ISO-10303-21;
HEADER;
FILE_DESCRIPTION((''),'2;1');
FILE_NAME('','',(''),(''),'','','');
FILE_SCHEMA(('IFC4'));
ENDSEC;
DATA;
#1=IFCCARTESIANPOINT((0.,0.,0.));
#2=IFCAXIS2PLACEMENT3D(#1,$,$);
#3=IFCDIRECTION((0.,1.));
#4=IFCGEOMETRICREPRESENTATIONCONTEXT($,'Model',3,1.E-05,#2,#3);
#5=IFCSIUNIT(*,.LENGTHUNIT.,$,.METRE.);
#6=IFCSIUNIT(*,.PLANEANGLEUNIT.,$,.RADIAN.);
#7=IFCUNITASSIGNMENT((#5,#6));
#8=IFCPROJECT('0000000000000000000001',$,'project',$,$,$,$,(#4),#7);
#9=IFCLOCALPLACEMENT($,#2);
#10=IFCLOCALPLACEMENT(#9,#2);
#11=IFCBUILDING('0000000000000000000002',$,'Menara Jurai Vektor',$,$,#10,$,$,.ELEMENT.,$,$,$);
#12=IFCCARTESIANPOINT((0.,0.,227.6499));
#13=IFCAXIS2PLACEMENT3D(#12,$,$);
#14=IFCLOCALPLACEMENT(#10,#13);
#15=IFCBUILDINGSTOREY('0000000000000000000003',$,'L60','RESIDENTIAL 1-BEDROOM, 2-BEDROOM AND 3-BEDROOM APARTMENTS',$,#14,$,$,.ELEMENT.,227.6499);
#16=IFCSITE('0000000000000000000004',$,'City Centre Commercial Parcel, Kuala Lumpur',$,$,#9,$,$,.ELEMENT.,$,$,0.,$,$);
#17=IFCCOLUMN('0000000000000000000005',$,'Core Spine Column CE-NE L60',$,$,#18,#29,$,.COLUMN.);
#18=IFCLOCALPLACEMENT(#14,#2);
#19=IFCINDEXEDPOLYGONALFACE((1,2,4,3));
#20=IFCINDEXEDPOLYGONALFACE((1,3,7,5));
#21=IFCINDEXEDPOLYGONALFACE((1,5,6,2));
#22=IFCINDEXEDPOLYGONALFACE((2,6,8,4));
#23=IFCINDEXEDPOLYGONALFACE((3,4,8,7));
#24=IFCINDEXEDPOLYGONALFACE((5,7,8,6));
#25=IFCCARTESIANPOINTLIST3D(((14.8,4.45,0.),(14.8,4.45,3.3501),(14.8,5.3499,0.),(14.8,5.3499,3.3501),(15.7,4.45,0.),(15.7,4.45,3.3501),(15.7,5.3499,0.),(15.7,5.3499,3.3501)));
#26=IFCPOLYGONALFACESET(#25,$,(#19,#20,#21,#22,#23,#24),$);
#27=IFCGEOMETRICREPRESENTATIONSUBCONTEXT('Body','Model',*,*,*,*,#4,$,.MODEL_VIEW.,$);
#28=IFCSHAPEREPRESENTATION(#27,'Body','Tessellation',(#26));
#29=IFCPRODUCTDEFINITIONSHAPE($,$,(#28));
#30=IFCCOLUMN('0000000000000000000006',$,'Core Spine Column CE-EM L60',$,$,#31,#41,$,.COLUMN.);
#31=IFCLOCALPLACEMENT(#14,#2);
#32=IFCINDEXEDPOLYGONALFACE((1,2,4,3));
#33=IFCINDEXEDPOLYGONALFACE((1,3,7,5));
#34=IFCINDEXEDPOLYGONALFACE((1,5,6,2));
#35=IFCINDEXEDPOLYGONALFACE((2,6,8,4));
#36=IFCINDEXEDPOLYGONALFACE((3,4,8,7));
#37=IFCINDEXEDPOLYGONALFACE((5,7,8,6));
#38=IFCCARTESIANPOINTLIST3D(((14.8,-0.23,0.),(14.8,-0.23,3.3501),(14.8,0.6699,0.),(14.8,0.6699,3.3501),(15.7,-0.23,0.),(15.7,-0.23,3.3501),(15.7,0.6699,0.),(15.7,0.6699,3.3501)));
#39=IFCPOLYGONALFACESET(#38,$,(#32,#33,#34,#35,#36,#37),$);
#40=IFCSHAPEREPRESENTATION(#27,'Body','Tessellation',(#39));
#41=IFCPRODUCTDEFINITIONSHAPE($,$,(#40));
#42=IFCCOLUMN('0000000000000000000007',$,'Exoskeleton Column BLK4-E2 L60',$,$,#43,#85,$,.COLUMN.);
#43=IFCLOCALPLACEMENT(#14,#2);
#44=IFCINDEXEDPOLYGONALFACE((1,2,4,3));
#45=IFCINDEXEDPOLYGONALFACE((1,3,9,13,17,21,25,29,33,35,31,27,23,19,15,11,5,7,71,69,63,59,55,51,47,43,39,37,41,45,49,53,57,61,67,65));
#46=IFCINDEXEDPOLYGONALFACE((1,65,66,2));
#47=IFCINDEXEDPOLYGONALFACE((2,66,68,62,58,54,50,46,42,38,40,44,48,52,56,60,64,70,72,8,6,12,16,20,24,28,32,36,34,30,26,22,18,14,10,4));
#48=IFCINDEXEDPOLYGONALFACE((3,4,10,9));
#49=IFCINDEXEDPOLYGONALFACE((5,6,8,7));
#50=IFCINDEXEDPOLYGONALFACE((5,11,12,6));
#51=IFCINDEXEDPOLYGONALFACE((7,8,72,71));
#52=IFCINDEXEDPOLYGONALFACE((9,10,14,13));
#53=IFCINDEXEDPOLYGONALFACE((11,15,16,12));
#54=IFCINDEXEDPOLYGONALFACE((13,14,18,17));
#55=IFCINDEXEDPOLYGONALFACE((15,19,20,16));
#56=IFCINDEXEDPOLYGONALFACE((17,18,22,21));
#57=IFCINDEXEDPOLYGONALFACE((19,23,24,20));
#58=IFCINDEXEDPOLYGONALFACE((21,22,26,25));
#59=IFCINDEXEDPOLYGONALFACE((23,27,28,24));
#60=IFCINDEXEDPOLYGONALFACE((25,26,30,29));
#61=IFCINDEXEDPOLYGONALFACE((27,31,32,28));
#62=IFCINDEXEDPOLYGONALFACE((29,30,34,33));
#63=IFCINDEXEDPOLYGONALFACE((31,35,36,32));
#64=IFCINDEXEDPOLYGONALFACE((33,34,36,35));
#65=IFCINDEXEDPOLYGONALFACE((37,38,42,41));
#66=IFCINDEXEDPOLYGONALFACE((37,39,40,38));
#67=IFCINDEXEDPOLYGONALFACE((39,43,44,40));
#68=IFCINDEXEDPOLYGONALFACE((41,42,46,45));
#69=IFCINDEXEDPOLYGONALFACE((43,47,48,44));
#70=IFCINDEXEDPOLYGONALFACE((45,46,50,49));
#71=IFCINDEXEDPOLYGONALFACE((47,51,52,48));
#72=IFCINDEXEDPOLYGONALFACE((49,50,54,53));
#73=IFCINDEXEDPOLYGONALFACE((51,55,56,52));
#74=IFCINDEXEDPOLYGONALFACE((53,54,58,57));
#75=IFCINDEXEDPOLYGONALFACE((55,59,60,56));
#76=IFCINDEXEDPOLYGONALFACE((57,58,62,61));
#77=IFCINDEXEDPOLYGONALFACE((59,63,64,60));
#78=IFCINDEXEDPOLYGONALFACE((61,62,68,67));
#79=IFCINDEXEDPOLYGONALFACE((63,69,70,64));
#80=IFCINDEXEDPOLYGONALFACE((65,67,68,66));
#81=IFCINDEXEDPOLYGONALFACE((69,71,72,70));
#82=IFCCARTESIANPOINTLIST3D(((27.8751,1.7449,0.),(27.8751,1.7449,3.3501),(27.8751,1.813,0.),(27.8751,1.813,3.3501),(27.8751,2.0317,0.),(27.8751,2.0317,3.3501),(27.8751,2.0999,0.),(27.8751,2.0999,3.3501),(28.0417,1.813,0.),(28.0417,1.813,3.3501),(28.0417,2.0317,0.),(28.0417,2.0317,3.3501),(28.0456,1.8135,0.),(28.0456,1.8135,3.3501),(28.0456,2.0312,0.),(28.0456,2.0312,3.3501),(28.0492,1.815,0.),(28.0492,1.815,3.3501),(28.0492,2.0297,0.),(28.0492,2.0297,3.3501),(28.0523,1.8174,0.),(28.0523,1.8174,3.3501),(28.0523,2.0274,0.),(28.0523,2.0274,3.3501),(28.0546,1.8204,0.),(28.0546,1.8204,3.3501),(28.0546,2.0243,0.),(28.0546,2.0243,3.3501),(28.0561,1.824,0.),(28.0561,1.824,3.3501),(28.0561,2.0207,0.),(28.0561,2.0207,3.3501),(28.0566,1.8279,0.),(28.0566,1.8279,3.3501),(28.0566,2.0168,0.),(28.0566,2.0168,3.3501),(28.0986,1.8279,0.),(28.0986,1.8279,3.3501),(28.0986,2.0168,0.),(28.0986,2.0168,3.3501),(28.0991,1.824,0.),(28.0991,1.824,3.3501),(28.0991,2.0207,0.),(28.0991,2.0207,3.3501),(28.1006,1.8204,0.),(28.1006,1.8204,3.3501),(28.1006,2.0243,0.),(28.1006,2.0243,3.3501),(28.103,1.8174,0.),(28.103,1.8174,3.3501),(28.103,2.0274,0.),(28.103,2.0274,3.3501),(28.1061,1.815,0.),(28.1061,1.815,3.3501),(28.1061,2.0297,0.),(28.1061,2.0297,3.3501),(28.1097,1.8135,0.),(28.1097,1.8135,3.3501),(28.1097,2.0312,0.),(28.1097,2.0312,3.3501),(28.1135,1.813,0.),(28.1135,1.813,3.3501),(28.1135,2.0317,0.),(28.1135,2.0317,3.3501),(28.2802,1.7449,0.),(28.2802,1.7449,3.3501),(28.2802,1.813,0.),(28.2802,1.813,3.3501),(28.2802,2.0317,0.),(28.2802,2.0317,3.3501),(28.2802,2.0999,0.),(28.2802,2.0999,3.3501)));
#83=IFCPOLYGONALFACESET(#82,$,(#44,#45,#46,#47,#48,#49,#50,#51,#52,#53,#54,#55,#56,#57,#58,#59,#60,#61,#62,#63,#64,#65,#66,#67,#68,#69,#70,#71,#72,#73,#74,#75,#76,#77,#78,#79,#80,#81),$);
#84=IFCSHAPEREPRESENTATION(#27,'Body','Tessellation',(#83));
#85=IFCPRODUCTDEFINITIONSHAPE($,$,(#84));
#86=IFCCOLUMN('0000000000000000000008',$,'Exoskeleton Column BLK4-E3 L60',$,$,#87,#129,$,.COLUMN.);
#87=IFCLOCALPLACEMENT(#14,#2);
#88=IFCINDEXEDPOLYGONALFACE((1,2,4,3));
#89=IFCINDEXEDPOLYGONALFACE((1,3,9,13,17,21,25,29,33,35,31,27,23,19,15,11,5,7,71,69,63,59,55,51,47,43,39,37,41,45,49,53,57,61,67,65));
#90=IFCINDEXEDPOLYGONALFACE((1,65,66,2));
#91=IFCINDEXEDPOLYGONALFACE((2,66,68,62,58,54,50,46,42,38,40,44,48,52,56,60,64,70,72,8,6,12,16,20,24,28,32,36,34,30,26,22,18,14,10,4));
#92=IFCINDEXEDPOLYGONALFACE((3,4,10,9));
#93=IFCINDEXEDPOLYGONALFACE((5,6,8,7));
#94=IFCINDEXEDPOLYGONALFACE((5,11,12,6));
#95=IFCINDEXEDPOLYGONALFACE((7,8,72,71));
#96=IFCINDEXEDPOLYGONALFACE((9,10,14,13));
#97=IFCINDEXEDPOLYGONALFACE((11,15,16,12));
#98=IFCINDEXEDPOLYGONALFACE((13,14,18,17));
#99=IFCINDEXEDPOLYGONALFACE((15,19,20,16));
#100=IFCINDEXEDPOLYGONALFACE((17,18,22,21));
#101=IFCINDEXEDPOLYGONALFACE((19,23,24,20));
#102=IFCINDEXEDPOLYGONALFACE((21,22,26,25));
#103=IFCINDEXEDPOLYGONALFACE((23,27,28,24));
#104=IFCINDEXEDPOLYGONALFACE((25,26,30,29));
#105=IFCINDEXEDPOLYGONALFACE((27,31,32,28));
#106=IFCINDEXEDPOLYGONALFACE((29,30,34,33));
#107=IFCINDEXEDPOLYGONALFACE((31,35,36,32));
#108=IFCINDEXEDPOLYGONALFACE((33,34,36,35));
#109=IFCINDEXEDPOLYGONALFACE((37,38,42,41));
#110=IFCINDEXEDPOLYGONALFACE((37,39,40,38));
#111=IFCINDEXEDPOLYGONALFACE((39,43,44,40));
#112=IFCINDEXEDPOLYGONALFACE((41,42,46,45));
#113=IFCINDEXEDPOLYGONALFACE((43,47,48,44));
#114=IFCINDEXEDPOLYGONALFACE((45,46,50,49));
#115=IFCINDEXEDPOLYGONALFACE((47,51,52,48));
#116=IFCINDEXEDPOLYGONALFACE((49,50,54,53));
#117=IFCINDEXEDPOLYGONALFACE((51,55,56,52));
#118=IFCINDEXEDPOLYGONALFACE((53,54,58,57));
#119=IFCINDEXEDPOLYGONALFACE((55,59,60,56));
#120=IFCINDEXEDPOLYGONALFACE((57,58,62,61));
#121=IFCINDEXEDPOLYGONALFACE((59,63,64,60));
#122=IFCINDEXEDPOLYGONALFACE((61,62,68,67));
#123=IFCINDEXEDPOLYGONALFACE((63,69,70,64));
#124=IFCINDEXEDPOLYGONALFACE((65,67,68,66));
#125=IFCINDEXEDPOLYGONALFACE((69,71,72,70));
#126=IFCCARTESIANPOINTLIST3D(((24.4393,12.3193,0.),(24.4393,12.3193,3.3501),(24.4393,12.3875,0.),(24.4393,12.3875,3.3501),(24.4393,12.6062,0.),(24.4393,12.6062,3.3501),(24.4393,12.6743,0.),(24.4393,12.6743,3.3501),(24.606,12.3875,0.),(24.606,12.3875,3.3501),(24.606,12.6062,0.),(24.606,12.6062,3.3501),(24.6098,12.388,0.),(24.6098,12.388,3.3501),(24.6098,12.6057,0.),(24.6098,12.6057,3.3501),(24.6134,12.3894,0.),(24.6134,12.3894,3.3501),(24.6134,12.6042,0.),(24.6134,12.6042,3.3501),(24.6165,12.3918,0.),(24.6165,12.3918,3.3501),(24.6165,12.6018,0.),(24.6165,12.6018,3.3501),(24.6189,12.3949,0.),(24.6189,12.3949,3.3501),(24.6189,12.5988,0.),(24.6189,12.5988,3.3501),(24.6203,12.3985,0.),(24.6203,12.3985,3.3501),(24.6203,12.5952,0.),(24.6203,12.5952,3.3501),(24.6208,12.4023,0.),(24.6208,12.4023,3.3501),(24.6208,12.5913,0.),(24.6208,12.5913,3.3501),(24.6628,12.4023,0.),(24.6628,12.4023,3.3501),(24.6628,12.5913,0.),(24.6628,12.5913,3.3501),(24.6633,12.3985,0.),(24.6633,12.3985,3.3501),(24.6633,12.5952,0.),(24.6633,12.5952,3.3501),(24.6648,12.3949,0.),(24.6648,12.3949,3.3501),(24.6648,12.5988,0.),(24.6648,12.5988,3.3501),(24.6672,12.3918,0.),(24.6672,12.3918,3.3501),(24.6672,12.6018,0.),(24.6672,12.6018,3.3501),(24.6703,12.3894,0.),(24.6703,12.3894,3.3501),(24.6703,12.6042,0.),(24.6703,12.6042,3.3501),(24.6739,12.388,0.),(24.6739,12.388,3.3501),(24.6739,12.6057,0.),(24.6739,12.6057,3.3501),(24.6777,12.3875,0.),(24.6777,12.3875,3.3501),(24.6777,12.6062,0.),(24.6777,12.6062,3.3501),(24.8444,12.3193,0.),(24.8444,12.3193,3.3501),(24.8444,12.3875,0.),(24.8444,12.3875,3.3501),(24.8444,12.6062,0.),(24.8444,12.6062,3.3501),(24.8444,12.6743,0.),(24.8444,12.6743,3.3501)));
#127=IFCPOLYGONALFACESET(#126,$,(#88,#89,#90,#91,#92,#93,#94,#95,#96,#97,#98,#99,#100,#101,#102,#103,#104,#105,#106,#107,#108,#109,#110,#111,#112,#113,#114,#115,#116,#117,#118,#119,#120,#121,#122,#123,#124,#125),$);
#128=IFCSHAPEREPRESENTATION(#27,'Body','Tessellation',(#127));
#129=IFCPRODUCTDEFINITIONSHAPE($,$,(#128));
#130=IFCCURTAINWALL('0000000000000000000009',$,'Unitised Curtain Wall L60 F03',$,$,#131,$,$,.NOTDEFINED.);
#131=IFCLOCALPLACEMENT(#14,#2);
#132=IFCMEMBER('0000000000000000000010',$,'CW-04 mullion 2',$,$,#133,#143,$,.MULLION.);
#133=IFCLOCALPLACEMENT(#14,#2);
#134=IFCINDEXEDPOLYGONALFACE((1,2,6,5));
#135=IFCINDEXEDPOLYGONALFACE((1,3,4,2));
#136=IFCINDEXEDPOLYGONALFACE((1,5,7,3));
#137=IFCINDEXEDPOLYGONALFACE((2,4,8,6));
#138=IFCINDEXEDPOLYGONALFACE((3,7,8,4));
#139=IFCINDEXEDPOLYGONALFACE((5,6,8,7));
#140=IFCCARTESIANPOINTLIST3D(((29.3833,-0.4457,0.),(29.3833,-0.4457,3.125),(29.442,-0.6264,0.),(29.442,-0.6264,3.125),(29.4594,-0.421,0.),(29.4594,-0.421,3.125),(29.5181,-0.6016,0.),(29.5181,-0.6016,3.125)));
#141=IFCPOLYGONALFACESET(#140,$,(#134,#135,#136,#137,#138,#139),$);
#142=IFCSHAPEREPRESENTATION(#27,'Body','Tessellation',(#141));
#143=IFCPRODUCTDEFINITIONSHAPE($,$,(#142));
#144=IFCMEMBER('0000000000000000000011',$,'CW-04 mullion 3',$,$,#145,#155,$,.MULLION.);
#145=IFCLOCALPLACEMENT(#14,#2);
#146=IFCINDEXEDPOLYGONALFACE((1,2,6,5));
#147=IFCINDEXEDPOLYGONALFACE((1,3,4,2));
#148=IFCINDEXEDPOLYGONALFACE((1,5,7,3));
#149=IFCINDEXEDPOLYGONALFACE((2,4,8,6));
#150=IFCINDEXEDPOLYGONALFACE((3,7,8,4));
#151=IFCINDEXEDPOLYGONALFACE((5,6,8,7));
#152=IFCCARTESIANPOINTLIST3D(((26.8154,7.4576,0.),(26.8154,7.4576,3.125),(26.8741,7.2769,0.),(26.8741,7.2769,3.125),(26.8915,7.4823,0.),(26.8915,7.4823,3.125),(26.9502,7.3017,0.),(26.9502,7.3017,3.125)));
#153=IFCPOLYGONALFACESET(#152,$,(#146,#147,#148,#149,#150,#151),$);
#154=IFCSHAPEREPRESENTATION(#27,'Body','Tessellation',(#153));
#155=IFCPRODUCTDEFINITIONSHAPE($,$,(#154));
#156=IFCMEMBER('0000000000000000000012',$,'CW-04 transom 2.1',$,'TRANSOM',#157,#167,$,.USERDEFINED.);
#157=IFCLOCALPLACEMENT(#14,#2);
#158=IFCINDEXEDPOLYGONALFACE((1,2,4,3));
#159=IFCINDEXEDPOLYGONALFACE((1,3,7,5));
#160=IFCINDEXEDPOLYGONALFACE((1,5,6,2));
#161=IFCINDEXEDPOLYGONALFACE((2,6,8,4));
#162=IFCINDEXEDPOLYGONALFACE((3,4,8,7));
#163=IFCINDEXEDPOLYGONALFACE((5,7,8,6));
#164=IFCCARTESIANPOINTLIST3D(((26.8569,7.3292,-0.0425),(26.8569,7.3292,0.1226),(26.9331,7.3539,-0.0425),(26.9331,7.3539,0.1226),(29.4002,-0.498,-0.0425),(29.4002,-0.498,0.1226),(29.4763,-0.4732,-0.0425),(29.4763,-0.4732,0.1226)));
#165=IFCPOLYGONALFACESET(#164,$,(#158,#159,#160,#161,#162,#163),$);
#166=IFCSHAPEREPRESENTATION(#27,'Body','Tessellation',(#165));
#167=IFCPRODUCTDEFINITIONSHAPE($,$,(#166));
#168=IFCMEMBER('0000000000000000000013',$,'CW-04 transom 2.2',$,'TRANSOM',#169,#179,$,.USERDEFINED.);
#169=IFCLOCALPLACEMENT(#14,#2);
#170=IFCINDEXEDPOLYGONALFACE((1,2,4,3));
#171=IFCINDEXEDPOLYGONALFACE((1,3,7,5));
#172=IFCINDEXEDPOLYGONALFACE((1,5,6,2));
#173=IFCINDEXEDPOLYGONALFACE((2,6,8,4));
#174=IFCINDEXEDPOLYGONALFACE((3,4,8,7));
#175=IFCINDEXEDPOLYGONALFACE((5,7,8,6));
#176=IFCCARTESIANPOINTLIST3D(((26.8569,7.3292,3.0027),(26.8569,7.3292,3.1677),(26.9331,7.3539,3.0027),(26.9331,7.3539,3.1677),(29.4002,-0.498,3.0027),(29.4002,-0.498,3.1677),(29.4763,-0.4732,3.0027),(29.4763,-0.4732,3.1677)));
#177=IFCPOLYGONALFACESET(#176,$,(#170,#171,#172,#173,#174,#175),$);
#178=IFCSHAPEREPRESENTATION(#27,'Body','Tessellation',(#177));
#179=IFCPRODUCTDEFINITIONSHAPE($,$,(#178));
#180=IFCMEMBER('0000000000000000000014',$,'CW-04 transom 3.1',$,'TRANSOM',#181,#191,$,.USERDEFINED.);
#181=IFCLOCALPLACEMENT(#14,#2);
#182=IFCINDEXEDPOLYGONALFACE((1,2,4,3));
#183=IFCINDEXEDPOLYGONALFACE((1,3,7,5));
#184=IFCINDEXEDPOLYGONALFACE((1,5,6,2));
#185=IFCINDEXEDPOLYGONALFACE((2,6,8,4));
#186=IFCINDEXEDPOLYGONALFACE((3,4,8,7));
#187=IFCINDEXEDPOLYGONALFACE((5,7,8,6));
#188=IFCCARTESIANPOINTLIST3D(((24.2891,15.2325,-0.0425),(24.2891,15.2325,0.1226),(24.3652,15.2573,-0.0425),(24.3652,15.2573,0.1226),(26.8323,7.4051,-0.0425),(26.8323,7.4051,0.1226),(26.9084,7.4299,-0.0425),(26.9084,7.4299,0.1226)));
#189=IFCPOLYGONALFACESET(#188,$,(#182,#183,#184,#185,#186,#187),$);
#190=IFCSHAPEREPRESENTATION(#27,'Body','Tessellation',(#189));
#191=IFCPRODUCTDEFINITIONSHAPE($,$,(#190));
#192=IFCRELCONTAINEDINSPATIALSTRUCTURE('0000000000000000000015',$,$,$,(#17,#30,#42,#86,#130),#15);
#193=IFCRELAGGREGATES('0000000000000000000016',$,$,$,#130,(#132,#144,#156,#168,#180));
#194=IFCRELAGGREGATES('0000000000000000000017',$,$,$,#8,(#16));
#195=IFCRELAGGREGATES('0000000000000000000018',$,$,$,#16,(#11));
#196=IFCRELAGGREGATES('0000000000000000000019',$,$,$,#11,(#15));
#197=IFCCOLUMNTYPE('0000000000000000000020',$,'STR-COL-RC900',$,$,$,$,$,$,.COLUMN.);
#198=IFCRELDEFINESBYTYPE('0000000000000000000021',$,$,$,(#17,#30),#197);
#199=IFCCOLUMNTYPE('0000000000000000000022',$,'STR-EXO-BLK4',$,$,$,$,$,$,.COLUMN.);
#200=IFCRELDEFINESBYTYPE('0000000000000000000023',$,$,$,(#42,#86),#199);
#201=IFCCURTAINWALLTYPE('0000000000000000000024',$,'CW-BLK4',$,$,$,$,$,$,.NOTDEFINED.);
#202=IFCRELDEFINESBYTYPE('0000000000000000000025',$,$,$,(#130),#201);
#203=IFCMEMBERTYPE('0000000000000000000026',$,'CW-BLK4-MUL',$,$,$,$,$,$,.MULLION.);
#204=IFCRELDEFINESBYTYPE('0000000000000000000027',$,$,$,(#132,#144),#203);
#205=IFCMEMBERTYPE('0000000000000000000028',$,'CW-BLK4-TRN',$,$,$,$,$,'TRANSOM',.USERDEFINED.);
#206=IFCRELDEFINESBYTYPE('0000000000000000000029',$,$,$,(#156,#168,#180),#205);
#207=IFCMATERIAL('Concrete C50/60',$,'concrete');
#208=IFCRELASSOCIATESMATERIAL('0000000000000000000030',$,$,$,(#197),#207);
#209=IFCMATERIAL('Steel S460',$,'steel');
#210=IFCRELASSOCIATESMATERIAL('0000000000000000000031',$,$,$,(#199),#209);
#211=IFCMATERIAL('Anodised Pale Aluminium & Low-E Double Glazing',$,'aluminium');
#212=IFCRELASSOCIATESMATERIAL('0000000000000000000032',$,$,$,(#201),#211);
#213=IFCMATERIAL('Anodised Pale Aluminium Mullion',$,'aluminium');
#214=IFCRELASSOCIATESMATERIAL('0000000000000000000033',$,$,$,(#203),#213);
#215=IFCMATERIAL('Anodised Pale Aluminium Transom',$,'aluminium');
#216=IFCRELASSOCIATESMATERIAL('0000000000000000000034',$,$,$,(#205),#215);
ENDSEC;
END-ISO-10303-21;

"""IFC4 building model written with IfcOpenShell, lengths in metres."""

from ifc_helpers import new_model, si_unit, direction, frame, origin, origin_2d, place, context, subcontext, project, spatial, rectangle, i_section, extrude, material, material_profile, profile_set, type_object, element, aggregate, save


model = new_model("IFC4")

# Units and contexts
model_context = context("Model", 3, precision=1e-05, world=origin(), true_north=direction((0.0, 1.0)))
body_context = subcontext(model_context, "Body", "Model", "MODEL_VIEW")
ifc_project = project(units=[si_unit("LENGTHUNIT", "METRE"), si_unit("PLANEANGLEUNIT", "RADIAN")], contexts=[model_context])

# Site, building, storey
site_placement = place(None, origin())
site = spatial("IfcSite", under=ifc_project, at=site_placement, Name="City Centre Commercial Parcel, Kuala Lumpur", CompositionType="ELEMENT", RefElevation=0.0)
building_placement = place(site_placement, origin())
building = spatial("IfcBuilding", under=site, at=building_placement, Name="Menara Jurai Vektor", CompositionType="ELEMENT")
storey_placement = place(building_placement, frame((0.0, 0.0, 227.6499)))
storey = spatial("IfcBuildingStorey", under=building, at=storey_placement, Name="L60", Description="RESIDENTIAL 1-BEDROOM, 2-BEDROOM AND 3-BEDROOM APARTMENTS", CompositionType="ELEMENT", Elevation=227.6499)

# Columns
ifc_material_1 = material(Name="Concrete C50/60", Category="concrete")
ifc_material_profile_1 = material_profile(ifc_material_1, rectangle(XDim=0.8999, YDim=0.8999, at=origin_2d()), Name="RC 900x900")
ifc_profile_set_1 = profile_set([ifc_material_profile_1], Name="Concrete C50/60")
column_type_1 = type_object("IfcColumnType", Name="STR-COL-RC900", PredefinedType="COLUMN", material=ifc_profile_set_1)
for number, where, z_axis, x_axis, name in (
    (1, (15.25, 4.8999, 0.0), (0.0, 0.0, 1.0), (1.0, 0.0, 0.0), "Core Spine Column CE-NE L60"),
    (2, (15.25, 0.22, 0.0), (0.0, 0.0, 1.0), (1.0, 0.0, 0.0), "Core Spine Column CE-EM L60"),
):
    element("IfcColumn", number, at=place(storey_placement, frame(where, z_axis=z_axis, x_axis=x_axis)), inside=storey, type_object=column_type_1, Name=name, PredefinedType="COLUMN", context=body_context, shape_type="SweptSolid", body=[
        extrude(rectangle(XDim=0.8999, YDim=0.8999, at=origin_2d()), origin(), (0.0, 0.0, 1.0), 3.3501),
    ])
ifc_material_2 = material(Name="Steel S460", Category="steel")
ifc_material_profile_2 = material_profile(ifc_material_2, i_section(OverallWidth=0.405, OverallDepth=0.355, WebThickness=0.042, FlangeThickness=0.0681, FilletRadius=0.0149, at=origin_2d()), Name="HD 400x551")
ifc_profile_set_2 = profile_set([ifc_material_profile_2], Name="Steel S460")
column_type_2 = type_object("IfcColumnType", Name="STR-EXO-BLK4", PredefinedType="COLUMN", material=ifc_profile_set_2)
for number, where, z_axis, x_axis, name in (
    (3, (28.0776, 1.9224, 0.0), (0.0, 0.0, 1.0), (1.0, 0.0, 0.0), "Exoskeleton Column BLK4-E2 L60"),
    (4, (24.6418, 12.4968, 0.0), (0.0, 0.0, 1.0), (1.0, 0.0, 0.0), "Exoskeleton Column BLK4-E3 L60"),
):
    element("IfcColumn", number, at=place(storey_placement, frame(where, z_axis=z_axis, x_axis=x_axis)), inside=storey, type_object=column_type_2, Name=name, PredefinedType="COLUMN", context=body_context, shape_type="SweptSolid", body=[
        extrude(i_section(OverallWidth=0.405, OverallDepth=0.355, WebThickness=0.042, FlangeThickness=0.0681, FilletRadius=0.0149, at=origin_2d()), origin(), (0.0, 0.0, 1.0), 3.3501),
    ])

# Curtain wall, members
ifc_material_3 = material(Name="Anodised Pale Aluminium & Low-E Double Glazing", Category="aluminium")
curtain_wall_type = type_object("IfcCurtainWallType", Name="CW-BLK4", PredefinedType="NOTDEFINED", material=ifc_material_3)
curtain_wall_placement = place(storey_placement, origin())
curtain_wall = element("IfcCurtainWall", 5, at=curtain_wall_placement, inside=storey, type_object=curtain_wall_type, Name="Unitised Curtain Wall L60 F03", PredefinedType="NOTDEFINED")
ifc_material_4 = material(Name="Anodised Pale Aluminium Mullion", Category="aluminium")
ifc_material_profile_3 = material_profile(ifc_material_4, rectangle(XDim=0.0801, YDim=0.1899, at=origin_2d()), Name="ALU MUL 80x190")
ifc_profile_set_3 = profile_set([ifc_material_profile_3], Name="Anodised Pale Aluminium Mullion")
member_type_1 = type_object("IfcMemberType", Name="CW-BLK4-MUL", PredefinedType="MULLION", material=ifc_profile_set_3)
member_1_placement = place(storey_placement, frame((29.4507, -0.5237, 0.0), z_axis=(0.0, 0.0, 1.0), x_axis=(-0.951057, -0.309016, 0.0)))
member_1 = element("IfcMember", 6, at=member_1_placement, type_object=member_type_1, Name="CW-04 mullion 2", PredefinedType="MULLION", context=body_context, shape_type="SweptSolid", body=[
    extrude(rectangle(XDim=0.0801, YDim=0.1899, at=origin_2d()), origin(), (0.0, 0.0, 1.0), 3.125),
])
member_2_placement = place(storey_placement, frame((26.8828, 7.3796, 0.0), z_axis=(0.0, 0.0, 1.0), x_axis=(-0.951057, -0.309016, 0.0)))
member_2 = element("IfcMember", 7, at=member_2_placement, type_object=member_type_1, Name="CW-04 mullion 3", PredefinedType="MULLION", context=body_context, shape_type="SweptSolid", body=[
    extrude(rectangle(XDim=0.0801, YDim=0.1899, at=origin_2d()), origin(), (0.0, 0.0, 1.0), 3.125),
])
ifc_material_5 = material(Name="Anodised Pale Aluminium Transom", Category="aluminium")
ifc_material_profile_4 = material_profile(ifc_material_5, rectangle(XDim=0.0801, YDim=0.165, at=origin_2d()), Name="ALU TRN 80x165")
ifc_profile_set_4 = profile_set([ifc_material_profile_4], Name="Anodised Pale Aluminium Transom")
member_type_2 = type_object("IfcMemberType", Name="CW-BLK4-TRN", ElementType="TRANSOM", PredefinedType="USERDEFINED", material=ifc_profile_set_4)
member_3_placement = place(storey_placement, frame((29.4382, -0.4856, 0.04), z_axis=(-0.309019, 0.951056, 0.0), x_axis=(-0.951056, -0.309019, 0.0)))
member_3 = element("IfcMember", 8, at=member_3_placement, type_object=member_type_2, Name="CW-04 transom 2.1", ObjectType="TRANSOM", PredefinedType="USERDEFINED", context=body_context, shape_type="SweptSolid", body=[
    extrude(rectangle(XDim=0.0801, YDim=0.165, at=origin_2d()), origin(), (0.0, 0.0, 1.0), 8.23),
])
member_4_placement = place(storey_placement, frame((29.4382, -0.4856, 3.0852), z_axis=(-0.309019, 0.951056, 0.0), x_axis=(-0.951056, -0.309019, 0.0)))
member_4 = element("IfcMember", 9, at=member_4_placement, type_object=member_type_2, Name="CW-04 transom 2.2", ObjectType="TRANSOM", PredefinedType="USERDEFINED", context=body_context, shape_type="SweptSolid", body=[
    extrude(rectangle(XDim=0.0801, YDim=0.165, at=origin_2d()), origin(), (0.0, 0.0, 1.0), 8.23),
])
member_5_placement = place(storey_placement, frame((26.8704, 7.4175, 0.04), z_axis=(-0.30901, 0.951059, 0.0), x_axis=(-0.951059, -0.30901, 0.0)))
member_5 = element("IfcMember", 10, at=member_5_placement, type_object=member_type_2, Name="CW-04 transom 3.1", ObjectType="TRANSOM", PredefinedType="USERDEFINED", context=body_context, shape_type="SweptSolid", body=[
    extrude(rectangle(XDim=0.0801, YDim=0.165, at=origin_2d()), origin(), (0.0, 0.0, 1.0), 8.2302),
])

aggregate(curtain_wall, [member_1, member_2, member_3, member_4, member_5])

save(model, "model.ifc")
